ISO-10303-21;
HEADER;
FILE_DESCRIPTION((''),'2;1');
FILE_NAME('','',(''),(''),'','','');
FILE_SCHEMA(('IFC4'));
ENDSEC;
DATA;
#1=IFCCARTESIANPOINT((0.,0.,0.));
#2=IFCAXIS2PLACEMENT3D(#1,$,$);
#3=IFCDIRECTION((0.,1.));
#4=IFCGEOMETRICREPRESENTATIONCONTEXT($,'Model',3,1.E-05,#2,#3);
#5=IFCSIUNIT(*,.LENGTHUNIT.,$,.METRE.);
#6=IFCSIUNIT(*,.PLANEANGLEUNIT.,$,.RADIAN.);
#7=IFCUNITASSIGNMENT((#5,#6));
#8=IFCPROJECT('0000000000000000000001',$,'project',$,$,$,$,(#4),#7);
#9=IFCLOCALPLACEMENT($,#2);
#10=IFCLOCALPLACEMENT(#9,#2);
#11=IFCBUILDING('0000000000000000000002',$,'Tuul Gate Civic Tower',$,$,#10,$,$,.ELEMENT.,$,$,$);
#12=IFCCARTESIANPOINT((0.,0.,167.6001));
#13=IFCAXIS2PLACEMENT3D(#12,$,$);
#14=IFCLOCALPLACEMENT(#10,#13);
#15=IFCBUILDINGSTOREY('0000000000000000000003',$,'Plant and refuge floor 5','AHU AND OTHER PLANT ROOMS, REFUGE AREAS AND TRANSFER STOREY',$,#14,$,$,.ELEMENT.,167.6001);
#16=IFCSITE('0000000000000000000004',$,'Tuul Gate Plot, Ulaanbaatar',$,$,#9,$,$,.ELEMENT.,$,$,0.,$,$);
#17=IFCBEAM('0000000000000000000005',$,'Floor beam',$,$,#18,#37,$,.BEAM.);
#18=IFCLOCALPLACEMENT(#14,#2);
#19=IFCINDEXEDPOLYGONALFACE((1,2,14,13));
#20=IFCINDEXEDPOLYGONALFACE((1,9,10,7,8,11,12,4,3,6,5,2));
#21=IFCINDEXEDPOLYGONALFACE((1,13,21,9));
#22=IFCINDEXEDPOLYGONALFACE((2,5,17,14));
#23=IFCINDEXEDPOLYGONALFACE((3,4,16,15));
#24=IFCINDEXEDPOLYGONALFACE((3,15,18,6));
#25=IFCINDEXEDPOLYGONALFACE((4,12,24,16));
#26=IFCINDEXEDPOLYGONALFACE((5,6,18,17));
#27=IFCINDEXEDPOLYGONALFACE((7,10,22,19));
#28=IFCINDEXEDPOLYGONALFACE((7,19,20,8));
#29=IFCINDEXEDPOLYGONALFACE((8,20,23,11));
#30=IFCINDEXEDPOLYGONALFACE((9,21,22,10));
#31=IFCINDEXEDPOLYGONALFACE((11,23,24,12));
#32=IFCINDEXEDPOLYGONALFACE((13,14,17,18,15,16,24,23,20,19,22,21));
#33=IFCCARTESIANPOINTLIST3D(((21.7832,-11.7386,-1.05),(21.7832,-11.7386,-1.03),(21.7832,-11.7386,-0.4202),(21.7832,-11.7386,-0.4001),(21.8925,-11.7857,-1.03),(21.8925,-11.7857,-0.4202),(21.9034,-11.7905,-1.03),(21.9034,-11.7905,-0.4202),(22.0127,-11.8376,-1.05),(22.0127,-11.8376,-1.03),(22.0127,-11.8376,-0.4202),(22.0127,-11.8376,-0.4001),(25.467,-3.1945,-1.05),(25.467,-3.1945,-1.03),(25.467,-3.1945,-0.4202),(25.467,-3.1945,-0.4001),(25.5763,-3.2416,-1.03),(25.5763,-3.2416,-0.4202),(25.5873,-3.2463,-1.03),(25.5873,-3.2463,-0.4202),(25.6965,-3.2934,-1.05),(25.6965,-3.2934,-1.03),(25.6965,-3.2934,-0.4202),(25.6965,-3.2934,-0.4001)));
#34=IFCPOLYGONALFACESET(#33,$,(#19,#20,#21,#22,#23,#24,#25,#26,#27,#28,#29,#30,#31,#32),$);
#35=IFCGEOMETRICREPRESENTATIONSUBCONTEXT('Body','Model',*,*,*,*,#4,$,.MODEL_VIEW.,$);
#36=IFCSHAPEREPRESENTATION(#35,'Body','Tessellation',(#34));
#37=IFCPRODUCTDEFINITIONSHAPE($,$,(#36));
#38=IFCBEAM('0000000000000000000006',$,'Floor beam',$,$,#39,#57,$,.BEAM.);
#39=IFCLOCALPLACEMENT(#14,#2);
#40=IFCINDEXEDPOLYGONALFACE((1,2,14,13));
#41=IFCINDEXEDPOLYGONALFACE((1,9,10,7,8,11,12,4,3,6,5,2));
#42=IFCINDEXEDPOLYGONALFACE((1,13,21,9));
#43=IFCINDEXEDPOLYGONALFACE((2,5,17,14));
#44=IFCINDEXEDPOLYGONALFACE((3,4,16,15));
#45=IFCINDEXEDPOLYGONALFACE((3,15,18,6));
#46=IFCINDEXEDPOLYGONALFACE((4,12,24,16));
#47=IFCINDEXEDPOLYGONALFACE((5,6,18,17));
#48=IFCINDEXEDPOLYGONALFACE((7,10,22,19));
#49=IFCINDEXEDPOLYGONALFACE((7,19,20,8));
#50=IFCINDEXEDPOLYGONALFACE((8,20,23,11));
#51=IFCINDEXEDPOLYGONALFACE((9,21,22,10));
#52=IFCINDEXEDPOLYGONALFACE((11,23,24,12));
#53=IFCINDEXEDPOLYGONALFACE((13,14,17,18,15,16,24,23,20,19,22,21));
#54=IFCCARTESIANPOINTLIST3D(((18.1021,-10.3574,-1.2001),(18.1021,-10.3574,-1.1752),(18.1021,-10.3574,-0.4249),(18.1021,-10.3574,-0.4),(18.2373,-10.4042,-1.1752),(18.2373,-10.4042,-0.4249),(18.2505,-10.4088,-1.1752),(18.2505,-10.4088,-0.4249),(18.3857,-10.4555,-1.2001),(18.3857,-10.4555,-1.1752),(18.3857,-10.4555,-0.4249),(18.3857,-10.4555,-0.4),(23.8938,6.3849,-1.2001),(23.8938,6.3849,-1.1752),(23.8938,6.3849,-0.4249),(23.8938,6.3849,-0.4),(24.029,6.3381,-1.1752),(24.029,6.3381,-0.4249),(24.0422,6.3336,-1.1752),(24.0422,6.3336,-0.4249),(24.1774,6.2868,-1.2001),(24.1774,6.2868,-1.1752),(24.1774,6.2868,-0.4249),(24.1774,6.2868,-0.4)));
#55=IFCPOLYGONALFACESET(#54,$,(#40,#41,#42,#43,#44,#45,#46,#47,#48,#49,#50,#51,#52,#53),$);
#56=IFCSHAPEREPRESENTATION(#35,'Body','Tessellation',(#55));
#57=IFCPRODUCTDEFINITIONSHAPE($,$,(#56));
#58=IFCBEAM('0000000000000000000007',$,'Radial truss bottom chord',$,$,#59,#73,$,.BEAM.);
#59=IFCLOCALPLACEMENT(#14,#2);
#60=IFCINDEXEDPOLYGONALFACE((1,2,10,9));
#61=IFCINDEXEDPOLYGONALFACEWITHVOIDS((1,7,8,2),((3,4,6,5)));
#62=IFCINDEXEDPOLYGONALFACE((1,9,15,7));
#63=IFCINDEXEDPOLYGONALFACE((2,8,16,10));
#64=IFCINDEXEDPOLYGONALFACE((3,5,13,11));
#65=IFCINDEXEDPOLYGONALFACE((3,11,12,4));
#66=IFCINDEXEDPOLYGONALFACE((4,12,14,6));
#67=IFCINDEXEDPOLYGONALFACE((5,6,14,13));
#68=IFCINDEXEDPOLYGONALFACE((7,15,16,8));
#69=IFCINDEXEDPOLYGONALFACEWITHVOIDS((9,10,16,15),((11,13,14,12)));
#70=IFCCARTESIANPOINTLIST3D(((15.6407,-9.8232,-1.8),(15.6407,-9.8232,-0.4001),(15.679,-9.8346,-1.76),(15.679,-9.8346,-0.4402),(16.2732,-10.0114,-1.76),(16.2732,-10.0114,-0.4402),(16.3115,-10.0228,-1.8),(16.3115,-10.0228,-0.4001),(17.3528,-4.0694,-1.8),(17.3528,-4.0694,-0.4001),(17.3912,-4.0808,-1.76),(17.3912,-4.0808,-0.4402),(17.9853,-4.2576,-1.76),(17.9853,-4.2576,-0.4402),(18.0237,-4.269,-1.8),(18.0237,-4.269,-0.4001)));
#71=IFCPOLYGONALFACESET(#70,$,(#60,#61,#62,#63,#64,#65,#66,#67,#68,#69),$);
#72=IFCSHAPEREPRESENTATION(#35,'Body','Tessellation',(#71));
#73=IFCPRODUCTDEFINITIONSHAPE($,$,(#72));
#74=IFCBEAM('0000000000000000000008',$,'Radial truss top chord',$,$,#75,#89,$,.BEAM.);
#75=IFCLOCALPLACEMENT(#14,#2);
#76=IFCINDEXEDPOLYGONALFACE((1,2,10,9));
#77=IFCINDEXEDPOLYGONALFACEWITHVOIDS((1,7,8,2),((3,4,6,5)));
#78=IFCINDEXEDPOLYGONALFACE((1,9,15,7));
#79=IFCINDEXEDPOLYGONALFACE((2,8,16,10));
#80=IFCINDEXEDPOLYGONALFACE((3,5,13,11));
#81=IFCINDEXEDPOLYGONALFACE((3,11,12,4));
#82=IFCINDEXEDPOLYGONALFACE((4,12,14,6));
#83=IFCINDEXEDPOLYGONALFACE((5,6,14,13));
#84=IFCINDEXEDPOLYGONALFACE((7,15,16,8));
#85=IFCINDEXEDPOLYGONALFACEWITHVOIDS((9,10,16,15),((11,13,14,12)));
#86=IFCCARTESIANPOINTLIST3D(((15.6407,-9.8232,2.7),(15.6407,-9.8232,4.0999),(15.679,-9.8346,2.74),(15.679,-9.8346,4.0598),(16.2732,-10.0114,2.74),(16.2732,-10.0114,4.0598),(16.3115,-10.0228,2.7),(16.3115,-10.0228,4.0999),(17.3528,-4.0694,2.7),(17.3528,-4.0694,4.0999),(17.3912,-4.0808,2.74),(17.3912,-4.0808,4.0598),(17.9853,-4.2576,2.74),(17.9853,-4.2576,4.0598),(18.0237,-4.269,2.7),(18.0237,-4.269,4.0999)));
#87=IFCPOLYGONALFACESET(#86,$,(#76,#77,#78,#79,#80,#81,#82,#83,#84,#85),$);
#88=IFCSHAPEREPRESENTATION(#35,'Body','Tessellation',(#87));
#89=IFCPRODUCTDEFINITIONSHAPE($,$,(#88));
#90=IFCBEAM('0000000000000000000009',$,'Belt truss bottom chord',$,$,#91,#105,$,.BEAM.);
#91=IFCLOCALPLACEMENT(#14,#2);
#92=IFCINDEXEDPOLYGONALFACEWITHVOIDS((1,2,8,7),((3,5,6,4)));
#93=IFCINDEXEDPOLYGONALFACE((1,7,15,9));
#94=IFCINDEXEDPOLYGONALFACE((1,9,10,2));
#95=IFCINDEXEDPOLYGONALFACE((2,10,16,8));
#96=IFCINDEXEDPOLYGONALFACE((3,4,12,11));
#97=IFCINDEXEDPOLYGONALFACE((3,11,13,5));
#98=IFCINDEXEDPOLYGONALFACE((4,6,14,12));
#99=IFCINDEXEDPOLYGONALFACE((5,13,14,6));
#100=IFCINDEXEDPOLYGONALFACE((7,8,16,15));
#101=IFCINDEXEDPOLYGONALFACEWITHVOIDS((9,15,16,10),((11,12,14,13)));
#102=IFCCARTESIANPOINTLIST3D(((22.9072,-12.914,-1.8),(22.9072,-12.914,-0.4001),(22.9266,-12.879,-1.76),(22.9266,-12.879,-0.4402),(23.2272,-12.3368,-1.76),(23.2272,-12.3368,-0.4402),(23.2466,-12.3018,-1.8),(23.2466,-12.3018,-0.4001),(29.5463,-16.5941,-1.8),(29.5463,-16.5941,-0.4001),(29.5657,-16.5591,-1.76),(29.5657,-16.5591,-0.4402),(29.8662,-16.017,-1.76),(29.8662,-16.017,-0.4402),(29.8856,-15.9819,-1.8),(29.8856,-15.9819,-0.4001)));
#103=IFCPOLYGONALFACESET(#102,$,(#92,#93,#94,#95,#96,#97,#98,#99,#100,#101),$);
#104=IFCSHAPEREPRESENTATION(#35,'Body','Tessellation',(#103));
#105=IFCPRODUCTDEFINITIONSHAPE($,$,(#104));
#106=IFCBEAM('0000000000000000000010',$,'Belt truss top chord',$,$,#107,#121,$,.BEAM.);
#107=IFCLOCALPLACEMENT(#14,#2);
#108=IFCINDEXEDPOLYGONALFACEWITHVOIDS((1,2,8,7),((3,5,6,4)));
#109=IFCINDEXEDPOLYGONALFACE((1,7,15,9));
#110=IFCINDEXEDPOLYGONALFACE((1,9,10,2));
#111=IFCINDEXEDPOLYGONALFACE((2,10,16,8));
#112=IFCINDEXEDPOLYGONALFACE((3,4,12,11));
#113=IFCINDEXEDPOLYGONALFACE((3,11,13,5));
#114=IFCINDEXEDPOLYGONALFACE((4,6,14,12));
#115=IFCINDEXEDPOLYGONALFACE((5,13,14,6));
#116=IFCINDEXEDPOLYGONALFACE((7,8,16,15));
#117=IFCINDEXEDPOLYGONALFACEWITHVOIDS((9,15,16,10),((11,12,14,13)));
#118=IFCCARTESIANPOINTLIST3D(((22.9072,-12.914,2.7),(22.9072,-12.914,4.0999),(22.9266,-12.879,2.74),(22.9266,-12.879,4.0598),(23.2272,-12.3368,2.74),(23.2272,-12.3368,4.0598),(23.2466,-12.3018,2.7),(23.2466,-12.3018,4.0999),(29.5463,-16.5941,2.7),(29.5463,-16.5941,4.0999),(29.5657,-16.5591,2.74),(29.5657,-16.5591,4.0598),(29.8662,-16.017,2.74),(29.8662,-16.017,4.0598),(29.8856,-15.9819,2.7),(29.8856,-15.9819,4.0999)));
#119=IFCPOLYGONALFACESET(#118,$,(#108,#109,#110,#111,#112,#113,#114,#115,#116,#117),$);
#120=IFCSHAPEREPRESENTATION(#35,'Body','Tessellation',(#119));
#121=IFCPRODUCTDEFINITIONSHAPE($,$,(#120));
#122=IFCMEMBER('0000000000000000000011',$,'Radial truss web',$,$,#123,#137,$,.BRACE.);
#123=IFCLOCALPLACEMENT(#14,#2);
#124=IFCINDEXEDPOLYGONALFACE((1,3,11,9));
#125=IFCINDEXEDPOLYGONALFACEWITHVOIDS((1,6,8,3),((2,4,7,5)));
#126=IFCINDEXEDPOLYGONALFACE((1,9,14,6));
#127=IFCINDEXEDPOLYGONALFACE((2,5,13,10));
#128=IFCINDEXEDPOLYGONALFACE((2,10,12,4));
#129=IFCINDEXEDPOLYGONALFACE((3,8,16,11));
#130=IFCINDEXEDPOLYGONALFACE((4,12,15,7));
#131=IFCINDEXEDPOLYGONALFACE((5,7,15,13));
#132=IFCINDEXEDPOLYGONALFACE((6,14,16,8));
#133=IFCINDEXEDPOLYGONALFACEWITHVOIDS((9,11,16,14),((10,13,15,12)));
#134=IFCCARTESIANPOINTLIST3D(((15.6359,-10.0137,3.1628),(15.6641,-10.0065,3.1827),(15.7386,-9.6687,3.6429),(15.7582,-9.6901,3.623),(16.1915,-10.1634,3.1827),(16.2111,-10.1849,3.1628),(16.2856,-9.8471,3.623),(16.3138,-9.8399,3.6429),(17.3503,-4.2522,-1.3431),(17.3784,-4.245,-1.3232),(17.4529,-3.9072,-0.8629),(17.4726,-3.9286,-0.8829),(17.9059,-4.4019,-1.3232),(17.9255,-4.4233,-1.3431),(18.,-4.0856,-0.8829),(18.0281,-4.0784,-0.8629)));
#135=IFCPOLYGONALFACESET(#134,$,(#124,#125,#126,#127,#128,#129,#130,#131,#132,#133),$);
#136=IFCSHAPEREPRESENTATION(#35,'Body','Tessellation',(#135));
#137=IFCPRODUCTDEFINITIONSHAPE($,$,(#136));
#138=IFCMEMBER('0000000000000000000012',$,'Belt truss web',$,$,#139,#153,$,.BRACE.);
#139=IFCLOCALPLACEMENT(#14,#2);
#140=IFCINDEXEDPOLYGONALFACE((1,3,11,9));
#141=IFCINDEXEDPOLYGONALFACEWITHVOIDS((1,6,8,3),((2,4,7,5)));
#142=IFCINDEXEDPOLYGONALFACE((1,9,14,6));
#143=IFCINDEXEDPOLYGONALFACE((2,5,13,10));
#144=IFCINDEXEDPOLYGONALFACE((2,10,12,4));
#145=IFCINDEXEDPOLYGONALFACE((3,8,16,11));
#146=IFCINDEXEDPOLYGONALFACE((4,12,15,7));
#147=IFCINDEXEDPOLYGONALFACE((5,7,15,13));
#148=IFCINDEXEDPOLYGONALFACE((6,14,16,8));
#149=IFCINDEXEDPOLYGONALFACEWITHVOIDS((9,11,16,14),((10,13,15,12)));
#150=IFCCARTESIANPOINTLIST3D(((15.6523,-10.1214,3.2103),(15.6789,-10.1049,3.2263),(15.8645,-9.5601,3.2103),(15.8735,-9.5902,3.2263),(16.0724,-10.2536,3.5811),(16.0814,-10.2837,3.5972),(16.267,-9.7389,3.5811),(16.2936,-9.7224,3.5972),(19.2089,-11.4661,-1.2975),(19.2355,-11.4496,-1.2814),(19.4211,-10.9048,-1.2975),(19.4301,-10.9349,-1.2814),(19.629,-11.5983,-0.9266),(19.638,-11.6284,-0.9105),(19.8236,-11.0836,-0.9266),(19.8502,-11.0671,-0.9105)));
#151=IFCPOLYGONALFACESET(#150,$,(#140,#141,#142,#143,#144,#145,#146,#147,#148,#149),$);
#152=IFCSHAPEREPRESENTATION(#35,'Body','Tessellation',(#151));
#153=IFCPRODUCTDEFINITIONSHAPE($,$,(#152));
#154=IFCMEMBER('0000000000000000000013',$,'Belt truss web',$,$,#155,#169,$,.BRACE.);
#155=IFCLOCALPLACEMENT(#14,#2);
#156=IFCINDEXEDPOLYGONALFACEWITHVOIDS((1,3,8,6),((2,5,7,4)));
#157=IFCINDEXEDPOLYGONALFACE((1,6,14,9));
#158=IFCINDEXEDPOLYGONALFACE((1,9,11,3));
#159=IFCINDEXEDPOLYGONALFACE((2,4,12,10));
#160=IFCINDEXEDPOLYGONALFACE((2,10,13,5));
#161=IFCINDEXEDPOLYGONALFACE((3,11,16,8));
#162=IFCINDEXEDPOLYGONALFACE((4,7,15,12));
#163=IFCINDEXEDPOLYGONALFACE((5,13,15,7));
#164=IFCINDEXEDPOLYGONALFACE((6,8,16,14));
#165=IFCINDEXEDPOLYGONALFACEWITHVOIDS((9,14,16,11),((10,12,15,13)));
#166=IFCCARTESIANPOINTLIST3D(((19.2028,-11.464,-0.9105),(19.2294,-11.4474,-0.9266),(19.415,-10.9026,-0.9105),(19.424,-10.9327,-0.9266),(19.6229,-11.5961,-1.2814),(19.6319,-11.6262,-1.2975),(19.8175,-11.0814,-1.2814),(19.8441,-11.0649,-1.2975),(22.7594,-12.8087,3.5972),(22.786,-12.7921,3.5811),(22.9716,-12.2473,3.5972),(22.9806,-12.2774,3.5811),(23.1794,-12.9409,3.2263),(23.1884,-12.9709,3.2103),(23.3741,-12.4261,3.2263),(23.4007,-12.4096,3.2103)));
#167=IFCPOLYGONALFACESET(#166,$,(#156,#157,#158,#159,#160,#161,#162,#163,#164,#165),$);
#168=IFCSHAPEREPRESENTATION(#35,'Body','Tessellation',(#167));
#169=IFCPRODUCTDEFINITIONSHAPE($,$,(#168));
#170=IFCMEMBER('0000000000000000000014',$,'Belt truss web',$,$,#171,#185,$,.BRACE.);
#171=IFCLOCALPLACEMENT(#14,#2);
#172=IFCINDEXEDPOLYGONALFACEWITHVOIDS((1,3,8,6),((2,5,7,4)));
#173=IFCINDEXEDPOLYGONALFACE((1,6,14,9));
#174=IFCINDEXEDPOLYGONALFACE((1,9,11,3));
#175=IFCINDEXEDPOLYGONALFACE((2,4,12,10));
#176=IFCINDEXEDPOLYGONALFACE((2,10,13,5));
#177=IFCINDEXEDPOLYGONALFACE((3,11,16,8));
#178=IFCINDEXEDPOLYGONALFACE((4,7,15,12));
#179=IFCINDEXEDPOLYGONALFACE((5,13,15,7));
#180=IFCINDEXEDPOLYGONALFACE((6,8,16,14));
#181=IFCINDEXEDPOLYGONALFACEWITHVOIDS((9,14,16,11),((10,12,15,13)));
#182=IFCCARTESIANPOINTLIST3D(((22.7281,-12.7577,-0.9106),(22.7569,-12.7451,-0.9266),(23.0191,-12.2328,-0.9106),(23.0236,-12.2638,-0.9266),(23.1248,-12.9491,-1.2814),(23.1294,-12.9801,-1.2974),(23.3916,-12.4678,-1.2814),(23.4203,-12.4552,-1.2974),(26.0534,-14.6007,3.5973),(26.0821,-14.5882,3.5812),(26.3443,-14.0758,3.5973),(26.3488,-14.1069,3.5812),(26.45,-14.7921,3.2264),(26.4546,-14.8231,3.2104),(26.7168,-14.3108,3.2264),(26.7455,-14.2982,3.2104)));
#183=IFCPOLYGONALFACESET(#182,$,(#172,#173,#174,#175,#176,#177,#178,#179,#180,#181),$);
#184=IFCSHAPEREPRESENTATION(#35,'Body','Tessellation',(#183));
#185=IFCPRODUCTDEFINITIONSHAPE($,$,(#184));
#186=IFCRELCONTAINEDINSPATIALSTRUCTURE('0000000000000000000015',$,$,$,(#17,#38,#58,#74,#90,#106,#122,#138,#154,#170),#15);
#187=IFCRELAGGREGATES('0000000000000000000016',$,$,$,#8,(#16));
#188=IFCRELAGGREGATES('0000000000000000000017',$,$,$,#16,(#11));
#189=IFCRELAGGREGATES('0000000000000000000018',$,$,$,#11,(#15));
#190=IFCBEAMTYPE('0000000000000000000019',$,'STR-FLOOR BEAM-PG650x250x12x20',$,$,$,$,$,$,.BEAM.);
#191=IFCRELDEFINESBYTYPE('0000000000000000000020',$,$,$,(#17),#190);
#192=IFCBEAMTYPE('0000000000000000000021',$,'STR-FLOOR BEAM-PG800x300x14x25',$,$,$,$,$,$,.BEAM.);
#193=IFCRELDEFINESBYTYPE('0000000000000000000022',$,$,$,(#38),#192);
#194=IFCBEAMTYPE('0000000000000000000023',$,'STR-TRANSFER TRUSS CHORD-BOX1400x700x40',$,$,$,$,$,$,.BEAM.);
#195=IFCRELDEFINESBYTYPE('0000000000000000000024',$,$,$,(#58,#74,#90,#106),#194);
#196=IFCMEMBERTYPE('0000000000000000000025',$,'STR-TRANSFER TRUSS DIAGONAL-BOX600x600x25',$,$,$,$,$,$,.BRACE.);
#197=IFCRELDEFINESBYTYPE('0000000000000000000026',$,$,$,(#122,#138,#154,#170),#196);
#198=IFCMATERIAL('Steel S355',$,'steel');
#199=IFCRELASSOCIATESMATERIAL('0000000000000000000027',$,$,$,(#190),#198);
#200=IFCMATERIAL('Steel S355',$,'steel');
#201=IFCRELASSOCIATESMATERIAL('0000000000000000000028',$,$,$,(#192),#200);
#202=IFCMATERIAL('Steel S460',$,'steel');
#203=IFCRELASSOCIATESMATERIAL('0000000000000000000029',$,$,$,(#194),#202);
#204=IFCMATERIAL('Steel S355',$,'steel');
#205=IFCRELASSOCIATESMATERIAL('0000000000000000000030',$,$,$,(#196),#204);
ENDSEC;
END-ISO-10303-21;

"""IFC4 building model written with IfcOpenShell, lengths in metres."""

from ifc_helpers import new_model, si_unit, direction, frame, origin, origin_2d, place, context, subcontext, project, spatial, hollow_rectangle, i_section, extrude, material, material_profile, profile_set, type_object, element, save


model = new_model("IFC4")

# Units and contexts
model_context = context("Model", 3, precision=1e-05, world=origin(), true_north=direction((0.0, 1.0)))
body_context = subcontext(model_context, "Body", "Model", "MODEL_VIEW")
ifc_project = project(units=[si_unit("LENGTHUNIT", "METRE"), si_unit("PLANEANGLEUNIT", "RADIAN")], contexts=[model_context])

# Site, building, storey
site_placement = place(None, origin())
site = spatial("IfcSite", under=ifc_project, at=site_placement, Name="Tuul Gate Plot, Ulaanbaatar", CompositionType="ELEMENT", RefElevation=0.0)
building_placement = place(site_placement, origin())
building = spatial("IfcBuilding", under=site, at=building_placement, Name="Tuul Gate Civic Tower", CompositionType="ELEMENT")
storey_placement = place(building_placement, frame((0.0, 0.0, 167.6001)))
storey = spatial("IfcBuildingStorey", under=building, at=storey_placement, Name="Plant and refuge floor 5", Description="AHU AND OTHER PLANT ROOMS, REFUGE AREAS AND TRANSFER STOREY", CompositionType="ELEMENT", Elevation=167.6001)

# Beams
ifc_material_1 = material(Name="Steel S355", Category="steel")
ifc_material_profile_1 = material_profile(ifc_material_1, i_section(OverallWidth=0.25, OverallDepth=0.6499, WebThickness=0.012, FlangeThickness=0.02, at=origin_2d()), Name="PG650x250x12x20")
ifc_profile_set_1 = profile_set([ifc_material_profile_1], Name="Steel S355")
beam_type_1 = type_object("IfcBeamType", Name="STR-FLOOR BEAM-PG650x250x12x20", PredefinedType="BEAM", material=ifc_profile_set_1)
beam_1_placement = place(storey_placement, frame((21.8979, -11.7881, -0.7251), z_axis=(0.39592, 0.918285, 0.0), x_axis=(-0.918285, 0.39592, 0.0)))
element("IfcBeam", 1, at=beam_1_placement, inside=storey, type_object=beam_type_1, Name="Floor beam", PredefinedType="BEAM", context=body_context, shape_type="SweptSolid", body=[
    extrude(i_section(OverallWidth=0.25, OverallDepth=0.6499, WebThickness=0.012, FlangeThickness=0.02, at=origin_2d()), origin(), (0.0, 0.0, 1.0), 9.3044),
])
ifc_material_2 = material(Name="Steel S355", Category="steel")
ifc_material_profile_2 = material_profile(ifc_material_2, i_section(OverallWidth=0.3, OverallDepth=0.8, WebThickness=0.0139, FlangeThickness=0.0249, at=origin_2d()), Name="PG800x300x14x25")
ifc_profile_set_2 = profile_set([ifc_material_profile_2], Name="Steel S355")
beam_type_2 = type_object("IfcBeamType", Name="STR-FLOOR BEAM-PG800x300x14x25", PredefinedType="BEAM", material=ifc_profile_set_2)
beam_2_placement = place(storey_placement, frame((18.2439, -10.4065, -0.8), z_axis=(0.326924, 0.945051, 0.0), x_axis=(-0.945051, 0.326924, 0.0)))
element("IfcBeam", 2, at=beam_2_placement, inside=storey, type_object=beam_type_2, Name="Floor beam", PredefinedType="BEAM", context=body_context, shape_type="SweptSolid", body=[
    extrude(i_section(OverallWidth=0.3, OverallDepth=0.8, WebThickness=0.0139, FlangeThickness=0.0249, at=origin_2d()), origin(), (0.0, 0.0, 1.0), 17.7158),
])
ifc_material_3 = material(Name="Steel S460", Category="steel")
ifc_material_profile_3 = material_profile(ifc_material_3, hollow_rectangle(XDim=0.7, YDim=1.3999, WallThickness=0.04, at=origin_2d()), Name="BOX1400x700x40")
ifc_profile_set_3 = profile_set([ifc_material_profile_3], Name="Steel S460")
beam_type_3 = type_object("IfcBeamType", Name="STR-TRANSFER TRUSS CHORD-BOX1400x700x40", PredefinedType="BEAM", material=ifc_profile_set_3)
for number, where, z_axis, x_axis, name in (
    (3, (17.6882, -4.1692, -1.1001), (-0.285206, -0.958466, 0.0), (0.958466, -0.285206, 0.0), "Radial truss bottom chord"),
    (4, (17.6882, -4.1692, 3.3999), (-0.285206, -0.958466, 0.0), (0.958466, -0.285206, 0.0), "Radial truss top chord"),
):
    element("IfcBeam", number, at=place(storey_placement, frame(where, z_axis=z_axis, x_axis=x_axis)), inside=storey, type_object=beam_type_3, Name=name, PredefinedType="BEAM", context=body_context, shape_type="SweptSolid", body=[
        extrude(hollow_rectangle(XDim=0.7, YDim=1.3999, WallThickness=0.04, at=origin_2d()), origin(), (0.0, 0.0, 1.0), 6.0032),
    ])
for number, where, z_axis, x_axis, name in (
    (5, (23.0769, -12.6079, -1.1001), (0.874618, -0.484813, 0.0), (0.484813, 0.874618, 0.0), "Belt truss bottom chord"),
    (6, (23.0769, -12.6079, 3.3999), (0.874618, -0.484813, 0.0), (0.484813, 0.874618, 0.0), "Belt truss top chord"),
):
    element("IfcBeam", number, at=place(storey_placement, frame(where, z_axis=z_axis, x_axis=x_axis)), inside=storey, type_object=beam_type_3, Name=name, PredefinedType="BEAM", context=body_context, shape_type="SweptSolid", body=[
        extrude(hollow_rectangle(XDim=0.7, YDim=1.3999, WallThickness=0.04, at=origin_2d()), origin(), (0.0, 0.0, 1.0), 7.5908),
    ])

# Members
ifc_material_4 = material(Name="Steel S355", Category="steel")
ifc_material_profile_4 = material_profile(ifc_material_4, hollow_rectangle(XDim=0.6001, YDim=0.6001, WallThickness=0.0249, at=origin_2d()), Name="BOX600x600x25")
ifc_profile_set_4 = profile_set([ifc_material_profile_4], Name="Steel S355")
member_type_1 = type_object("IfcMemberType", Name="STR-TRANSFER TRUSS DIAGONAL-BOX600x600x25", PredefinedType="BRACE", material=ifc_profile_set_4)
member_1_placement = place(storey_placement, frame((17.6892, -4.1653, -1.103), z_axis=(-0.228203, -0.766927, 0.599788), x_axis=(0.958469, -0.285197, 0.0)))
element("IfcMember", 7, at=member_1_placement, inside=storey, type_object=member_type_1, Name="Radial truss web", PredefinedType="BRACE", context=body_context, shape_type="SweptSolid", body=[
    extrude(hollow_rectangle(XDim=0.6001, YDim=0.6001, WallThickness=0.0249, at=origin_2d()), origin(), (0.0, 0.0, 1.0), 7.5125),
])
for number, where, z_axis, x_axis, name in (
    (8, (19.5295, -11.2666, -1.104), (-0.603095, 0.228023, 0.764384), (-0.353655, -0.935376, 0.0), "Belt truss web"),
    (9, (19.5234, -11.2644, -1.104), (0.603095, -0.228023, 0.764384), (0.353655, 0.935376, 0.0), "Belt truss web"),
):
    element("IfcMember", number, at=place(storey_placement, frame(where, z_axis=z_axis, x_axis=x_axis)), inside=storey, type_object=member_type_1, Name=name, PredefinedType="BRACE", context=body_context, shape_type="SweptSolid", body=[
        extrude(hollow_rectangle(XDim=0.6001, YDim=0.6001, WallThickness=0.0249, at=origin_2d()), origin(), (0.0, 0.0, 1.0), 5.8972),
    ])
member_2_placement = place(storey_placement, frame((23.0742, -12.6064, -1.104), z_axis=(0.563884, -0.312537, 0.764431), x_axis=(0.484776, 0.874638, 0.0)))
element("IfcMember", 10, at=member_2_placement, inside=storey, type_object=member_type_1, Name="Belt truss web", PredefinedType="BRACE", context=body_context, shape_type="SweptSolid", body=[
    extrude(hollow_rectangle(XDim=0.6001, YDim=0.6001, WallThickness=0.0249, at=origin_2d()), origin(), (0.0, 0.0, 1.0), 5.897),
])

save(model, "model.ifc")
